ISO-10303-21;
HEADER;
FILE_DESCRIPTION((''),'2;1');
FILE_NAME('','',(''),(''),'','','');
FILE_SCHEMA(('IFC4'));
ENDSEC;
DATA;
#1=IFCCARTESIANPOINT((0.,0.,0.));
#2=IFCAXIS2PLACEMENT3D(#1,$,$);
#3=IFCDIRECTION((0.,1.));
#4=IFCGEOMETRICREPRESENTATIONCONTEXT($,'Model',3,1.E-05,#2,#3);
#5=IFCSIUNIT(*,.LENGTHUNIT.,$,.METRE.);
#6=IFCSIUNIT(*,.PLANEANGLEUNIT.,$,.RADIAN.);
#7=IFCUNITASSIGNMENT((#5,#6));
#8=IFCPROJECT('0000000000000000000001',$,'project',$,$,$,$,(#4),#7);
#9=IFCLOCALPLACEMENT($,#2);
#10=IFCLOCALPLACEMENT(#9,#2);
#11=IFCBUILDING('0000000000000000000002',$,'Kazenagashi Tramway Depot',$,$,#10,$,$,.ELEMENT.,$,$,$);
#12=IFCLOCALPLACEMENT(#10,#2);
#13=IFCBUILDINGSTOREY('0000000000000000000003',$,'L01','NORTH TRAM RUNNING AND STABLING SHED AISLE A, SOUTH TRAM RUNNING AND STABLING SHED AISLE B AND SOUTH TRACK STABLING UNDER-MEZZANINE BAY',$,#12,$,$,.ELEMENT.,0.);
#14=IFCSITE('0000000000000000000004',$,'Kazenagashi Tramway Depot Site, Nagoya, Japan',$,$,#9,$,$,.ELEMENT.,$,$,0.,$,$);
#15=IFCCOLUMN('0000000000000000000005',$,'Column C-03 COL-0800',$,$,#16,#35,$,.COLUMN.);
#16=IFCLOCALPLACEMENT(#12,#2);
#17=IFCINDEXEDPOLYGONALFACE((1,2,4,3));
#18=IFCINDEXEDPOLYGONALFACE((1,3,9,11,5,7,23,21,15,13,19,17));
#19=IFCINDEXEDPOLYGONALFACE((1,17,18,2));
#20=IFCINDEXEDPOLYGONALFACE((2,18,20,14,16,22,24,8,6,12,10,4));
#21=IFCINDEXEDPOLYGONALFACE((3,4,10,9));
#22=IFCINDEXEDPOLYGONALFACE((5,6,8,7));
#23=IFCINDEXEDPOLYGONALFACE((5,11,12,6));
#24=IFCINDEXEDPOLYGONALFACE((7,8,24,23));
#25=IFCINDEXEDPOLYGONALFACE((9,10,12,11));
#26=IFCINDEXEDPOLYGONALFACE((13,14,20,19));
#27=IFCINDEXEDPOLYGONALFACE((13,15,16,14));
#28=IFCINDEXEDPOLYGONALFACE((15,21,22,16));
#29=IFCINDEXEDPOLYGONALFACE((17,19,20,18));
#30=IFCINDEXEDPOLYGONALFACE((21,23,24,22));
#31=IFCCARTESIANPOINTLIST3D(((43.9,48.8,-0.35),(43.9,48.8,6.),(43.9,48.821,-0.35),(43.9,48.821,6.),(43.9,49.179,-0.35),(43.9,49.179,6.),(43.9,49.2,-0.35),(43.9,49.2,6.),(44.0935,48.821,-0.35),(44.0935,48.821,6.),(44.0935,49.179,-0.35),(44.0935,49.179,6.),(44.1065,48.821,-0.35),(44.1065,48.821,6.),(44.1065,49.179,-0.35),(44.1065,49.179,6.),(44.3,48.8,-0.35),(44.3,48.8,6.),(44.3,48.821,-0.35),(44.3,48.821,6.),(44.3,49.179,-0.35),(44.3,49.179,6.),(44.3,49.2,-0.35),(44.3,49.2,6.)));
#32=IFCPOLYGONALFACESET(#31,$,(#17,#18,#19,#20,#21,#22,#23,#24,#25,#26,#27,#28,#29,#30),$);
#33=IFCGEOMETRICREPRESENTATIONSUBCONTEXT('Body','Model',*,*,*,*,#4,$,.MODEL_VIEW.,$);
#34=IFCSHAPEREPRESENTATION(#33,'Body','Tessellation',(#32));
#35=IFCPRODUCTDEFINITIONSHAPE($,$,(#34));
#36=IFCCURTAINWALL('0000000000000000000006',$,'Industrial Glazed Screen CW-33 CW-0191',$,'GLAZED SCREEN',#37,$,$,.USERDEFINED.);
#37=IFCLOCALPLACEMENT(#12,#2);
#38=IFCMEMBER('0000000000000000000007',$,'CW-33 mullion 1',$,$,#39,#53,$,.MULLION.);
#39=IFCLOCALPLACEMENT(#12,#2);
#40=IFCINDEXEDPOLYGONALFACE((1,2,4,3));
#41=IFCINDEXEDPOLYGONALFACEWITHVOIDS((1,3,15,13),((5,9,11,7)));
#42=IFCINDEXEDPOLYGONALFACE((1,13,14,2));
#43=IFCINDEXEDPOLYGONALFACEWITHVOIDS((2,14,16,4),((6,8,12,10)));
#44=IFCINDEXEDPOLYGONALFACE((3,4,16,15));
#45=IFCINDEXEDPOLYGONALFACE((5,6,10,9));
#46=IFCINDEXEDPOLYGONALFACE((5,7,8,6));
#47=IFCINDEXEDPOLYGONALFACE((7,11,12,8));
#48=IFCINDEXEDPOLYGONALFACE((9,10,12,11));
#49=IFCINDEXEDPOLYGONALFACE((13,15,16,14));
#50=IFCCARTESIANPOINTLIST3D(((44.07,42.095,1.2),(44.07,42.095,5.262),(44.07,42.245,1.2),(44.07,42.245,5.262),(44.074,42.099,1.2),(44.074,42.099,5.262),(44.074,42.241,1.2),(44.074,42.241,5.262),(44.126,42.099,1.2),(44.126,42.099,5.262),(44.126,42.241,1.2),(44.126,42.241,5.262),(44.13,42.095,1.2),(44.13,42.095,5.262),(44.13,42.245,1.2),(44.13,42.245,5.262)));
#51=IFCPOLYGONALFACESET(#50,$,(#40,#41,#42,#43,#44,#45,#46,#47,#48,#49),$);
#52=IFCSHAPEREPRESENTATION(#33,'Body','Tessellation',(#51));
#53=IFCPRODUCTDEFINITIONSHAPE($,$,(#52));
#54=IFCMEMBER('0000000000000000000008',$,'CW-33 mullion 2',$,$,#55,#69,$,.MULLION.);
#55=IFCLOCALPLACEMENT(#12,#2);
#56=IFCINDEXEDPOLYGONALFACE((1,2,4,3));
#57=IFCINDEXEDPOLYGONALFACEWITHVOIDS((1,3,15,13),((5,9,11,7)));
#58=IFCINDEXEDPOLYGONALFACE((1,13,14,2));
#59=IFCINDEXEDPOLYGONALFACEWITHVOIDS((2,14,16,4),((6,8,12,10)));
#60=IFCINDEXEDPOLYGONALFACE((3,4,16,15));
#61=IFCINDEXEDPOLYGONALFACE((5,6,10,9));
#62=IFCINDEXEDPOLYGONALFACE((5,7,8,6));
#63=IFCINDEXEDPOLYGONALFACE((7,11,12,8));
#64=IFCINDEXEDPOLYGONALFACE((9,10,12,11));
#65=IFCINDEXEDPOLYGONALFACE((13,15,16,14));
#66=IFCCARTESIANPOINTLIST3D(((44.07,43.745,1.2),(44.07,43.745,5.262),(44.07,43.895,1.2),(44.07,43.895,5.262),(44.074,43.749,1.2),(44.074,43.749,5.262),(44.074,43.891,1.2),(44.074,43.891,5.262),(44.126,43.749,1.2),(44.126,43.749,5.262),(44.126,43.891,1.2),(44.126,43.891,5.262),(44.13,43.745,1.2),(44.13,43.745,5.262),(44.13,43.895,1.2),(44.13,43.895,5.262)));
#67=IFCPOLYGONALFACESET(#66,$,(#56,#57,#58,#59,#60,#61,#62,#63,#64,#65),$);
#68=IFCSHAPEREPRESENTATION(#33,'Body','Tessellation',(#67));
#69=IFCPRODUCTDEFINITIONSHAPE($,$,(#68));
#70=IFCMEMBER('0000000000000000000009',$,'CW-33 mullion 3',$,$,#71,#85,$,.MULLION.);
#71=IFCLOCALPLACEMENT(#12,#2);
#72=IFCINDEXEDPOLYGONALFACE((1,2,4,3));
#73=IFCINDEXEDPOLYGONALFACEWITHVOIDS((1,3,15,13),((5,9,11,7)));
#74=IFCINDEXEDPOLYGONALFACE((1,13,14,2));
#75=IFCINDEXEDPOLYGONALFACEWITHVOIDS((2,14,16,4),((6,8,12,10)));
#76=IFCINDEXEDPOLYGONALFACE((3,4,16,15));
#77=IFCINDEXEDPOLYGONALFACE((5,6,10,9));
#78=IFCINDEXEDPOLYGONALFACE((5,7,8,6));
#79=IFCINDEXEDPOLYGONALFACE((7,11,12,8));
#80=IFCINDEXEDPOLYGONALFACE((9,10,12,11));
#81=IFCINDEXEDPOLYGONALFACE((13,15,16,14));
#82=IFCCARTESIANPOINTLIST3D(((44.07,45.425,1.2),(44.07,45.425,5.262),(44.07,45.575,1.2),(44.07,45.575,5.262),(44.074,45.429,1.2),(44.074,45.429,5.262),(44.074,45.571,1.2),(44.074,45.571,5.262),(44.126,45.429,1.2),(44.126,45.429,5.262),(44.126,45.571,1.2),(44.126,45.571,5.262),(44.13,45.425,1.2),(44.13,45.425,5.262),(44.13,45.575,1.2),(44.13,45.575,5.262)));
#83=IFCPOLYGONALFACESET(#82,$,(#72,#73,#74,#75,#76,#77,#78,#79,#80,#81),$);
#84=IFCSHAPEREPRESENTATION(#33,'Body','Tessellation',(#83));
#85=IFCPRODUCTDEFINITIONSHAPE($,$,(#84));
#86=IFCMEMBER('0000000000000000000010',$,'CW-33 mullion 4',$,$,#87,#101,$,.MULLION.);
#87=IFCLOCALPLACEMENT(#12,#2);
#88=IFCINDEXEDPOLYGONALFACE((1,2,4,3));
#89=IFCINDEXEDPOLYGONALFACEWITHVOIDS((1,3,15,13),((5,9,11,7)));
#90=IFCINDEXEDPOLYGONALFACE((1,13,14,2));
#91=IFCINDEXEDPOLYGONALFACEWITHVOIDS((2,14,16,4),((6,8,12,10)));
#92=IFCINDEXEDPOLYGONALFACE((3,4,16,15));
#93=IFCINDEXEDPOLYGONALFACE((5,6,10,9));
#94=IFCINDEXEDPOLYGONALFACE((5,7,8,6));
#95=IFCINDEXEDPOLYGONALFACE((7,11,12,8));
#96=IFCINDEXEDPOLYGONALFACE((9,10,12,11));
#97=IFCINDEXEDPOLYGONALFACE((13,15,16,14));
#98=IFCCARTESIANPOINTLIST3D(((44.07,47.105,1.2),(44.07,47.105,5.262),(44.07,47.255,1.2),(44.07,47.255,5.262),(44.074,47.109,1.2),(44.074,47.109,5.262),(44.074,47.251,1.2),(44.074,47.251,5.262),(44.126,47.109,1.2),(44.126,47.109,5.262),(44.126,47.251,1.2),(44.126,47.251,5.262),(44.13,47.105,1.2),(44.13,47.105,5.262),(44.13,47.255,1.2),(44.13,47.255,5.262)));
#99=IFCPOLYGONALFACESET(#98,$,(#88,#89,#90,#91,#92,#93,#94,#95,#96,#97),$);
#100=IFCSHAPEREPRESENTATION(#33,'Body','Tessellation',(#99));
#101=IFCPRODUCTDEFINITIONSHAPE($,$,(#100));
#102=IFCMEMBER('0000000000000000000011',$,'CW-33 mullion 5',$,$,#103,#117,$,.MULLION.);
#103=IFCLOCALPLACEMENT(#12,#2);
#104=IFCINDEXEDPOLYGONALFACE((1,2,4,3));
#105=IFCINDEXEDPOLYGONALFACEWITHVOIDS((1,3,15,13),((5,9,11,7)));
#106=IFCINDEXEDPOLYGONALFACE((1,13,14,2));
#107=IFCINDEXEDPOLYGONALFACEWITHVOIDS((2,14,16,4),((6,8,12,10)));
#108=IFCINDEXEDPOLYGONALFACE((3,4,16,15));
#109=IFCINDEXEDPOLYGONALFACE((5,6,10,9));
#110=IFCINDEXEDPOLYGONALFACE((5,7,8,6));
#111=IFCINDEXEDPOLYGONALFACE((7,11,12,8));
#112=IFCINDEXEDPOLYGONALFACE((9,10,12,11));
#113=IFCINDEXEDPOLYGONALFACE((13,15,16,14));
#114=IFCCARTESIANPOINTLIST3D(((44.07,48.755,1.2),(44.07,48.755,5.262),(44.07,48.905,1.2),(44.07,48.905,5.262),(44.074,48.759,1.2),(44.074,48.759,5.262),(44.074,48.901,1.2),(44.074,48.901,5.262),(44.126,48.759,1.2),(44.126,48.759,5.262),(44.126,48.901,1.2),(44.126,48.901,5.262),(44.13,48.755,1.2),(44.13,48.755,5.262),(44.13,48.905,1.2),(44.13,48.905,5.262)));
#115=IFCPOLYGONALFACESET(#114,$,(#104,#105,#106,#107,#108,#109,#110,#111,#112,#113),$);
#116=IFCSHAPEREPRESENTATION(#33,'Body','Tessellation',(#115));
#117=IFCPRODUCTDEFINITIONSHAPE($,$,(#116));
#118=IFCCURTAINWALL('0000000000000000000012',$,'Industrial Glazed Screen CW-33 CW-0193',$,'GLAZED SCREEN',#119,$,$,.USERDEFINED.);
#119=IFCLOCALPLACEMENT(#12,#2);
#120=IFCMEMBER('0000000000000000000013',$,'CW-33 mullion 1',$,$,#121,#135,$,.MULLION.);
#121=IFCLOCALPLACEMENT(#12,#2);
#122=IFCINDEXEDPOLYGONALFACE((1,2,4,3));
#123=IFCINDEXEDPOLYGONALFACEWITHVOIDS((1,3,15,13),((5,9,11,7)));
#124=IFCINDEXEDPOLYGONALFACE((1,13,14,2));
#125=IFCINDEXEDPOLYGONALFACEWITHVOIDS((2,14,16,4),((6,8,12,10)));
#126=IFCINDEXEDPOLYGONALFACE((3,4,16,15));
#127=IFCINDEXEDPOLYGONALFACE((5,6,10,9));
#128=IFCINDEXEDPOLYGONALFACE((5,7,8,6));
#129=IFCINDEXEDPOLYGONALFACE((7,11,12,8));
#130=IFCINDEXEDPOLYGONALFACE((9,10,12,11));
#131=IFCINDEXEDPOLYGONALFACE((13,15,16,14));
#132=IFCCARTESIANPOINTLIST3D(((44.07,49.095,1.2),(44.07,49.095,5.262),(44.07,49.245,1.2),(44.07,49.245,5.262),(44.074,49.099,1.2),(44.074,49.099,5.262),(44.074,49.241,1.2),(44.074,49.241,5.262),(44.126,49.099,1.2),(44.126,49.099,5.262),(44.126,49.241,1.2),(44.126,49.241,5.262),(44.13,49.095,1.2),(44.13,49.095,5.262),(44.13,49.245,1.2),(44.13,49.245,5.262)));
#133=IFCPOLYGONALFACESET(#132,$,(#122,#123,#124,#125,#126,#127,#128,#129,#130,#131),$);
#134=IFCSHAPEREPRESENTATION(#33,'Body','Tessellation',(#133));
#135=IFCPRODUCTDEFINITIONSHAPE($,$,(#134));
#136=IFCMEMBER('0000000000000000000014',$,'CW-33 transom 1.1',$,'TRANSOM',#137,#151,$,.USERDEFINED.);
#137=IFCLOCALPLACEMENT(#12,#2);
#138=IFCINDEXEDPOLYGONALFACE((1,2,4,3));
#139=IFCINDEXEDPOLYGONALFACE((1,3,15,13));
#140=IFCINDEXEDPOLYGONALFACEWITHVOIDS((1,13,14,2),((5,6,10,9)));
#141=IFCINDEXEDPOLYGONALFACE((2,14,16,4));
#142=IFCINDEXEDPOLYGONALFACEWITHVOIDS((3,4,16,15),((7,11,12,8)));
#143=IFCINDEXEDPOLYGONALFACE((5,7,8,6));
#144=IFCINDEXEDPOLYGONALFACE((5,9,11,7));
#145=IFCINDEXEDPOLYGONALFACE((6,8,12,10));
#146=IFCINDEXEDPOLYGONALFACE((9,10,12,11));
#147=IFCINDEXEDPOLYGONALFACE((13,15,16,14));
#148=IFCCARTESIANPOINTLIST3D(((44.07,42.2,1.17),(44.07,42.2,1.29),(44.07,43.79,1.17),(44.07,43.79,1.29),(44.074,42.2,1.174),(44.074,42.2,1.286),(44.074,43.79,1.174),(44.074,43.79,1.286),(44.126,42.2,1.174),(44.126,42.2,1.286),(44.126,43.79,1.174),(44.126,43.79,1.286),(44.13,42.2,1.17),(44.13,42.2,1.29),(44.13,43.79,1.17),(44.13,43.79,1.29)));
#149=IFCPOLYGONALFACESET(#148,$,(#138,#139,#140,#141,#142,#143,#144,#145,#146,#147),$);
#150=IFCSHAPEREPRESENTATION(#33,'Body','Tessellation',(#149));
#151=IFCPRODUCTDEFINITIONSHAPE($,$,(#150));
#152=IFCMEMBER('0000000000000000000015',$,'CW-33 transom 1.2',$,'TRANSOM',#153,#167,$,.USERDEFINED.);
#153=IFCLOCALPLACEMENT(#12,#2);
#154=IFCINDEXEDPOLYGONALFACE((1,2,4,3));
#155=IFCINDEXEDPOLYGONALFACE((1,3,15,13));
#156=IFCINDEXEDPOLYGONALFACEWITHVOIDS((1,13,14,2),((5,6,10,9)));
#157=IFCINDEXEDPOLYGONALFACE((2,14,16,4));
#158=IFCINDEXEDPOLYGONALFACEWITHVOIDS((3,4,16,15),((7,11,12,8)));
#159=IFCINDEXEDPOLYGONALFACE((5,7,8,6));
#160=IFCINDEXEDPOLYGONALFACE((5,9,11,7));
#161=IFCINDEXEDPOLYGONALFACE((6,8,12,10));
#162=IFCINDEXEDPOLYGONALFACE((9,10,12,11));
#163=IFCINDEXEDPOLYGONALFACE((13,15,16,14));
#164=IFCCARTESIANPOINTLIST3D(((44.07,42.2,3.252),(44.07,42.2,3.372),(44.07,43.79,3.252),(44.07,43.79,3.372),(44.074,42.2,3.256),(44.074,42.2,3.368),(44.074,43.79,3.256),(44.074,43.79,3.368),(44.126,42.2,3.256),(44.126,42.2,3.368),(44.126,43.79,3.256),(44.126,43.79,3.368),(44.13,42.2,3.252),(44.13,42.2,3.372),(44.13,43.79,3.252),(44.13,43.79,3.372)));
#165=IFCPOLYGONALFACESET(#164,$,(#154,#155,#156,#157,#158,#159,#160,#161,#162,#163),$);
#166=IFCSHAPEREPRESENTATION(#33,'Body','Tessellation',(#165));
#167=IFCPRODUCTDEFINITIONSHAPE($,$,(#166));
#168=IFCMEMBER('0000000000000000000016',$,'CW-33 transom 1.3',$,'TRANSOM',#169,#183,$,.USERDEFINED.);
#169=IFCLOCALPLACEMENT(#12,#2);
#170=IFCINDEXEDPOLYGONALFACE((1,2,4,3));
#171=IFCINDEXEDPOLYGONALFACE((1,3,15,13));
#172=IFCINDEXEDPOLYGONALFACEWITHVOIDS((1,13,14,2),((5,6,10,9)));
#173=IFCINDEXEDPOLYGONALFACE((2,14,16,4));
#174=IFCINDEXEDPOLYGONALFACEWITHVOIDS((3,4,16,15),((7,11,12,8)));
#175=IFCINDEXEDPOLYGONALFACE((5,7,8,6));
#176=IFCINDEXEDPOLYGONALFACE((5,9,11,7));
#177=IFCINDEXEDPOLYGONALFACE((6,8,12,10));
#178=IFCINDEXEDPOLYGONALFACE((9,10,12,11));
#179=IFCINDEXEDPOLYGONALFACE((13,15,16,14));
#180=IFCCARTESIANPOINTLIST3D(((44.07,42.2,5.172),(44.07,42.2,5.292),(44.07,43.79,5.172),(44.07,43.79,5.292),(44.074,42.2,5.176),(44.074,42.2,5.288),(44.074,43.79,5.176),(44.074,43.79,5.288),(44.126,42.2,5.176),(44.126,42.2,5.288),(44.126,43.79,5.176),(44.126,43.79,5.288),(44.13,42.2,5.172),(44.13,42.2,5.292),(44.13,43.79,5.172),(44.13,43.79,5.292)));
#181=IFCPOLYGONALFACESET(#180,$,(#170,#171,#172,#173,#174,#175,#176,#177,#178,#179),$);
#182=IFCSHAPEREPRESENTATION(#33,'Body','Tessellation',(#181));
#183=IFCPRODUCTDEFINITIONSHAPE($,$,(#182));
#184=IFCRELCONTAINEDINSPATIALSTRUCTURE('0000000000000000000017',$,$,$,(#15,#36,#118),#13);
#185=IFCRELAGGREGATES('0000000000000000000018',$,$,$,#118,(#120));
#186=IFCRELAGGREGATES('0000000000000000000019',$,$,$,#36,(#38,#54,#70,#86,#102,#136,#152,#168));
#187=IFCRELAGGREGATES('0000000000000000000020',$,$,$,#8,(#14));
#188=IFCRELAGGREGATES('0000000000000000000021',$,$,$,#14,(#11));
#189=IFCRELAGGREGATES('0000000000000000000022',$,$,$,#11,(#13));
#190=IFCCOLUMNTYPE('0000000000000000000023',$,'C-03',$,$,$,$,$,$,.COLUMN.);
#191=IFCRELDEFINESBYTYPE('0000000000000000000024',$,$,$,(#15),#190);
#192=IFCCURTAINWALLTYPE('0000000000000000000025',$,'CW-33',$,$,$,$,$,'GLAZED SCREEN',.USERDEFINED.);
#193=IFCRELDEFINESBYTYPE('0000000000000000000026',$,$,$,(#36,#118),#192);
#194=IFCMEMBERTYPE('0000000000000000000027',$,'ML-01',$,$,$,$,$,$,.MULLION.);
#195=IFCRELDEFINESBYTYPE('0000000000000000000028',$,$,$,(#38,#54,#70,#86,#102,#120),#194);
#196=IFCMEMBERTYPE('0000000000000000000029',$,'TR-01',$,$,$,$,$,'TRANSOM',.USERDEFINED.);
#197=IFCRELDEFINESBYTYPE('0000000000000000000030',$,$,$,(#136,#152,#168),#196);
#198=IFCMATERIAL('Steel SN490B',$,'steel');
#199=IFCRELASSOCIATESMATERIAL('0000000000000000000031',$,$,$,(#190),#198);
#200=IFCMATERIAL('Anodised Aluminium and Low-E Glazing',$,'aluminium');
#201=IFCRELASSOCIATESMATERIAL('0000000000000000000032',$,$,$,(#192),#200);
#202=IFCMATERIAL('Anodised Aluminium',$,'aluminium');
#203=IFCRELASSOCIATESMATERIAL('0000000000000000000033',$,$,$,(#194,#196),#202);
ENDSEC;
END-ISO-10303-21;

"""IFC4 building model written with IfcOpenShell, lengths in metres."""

from ifc_helpers import new_model, si_unit, direction, frame, origin, origin_2d, place, context, subcontext, project, spatial, hollow_rectangle, i_section, extrude, material, material_profile, profile_set, type_object, element, aggregate, save


model = new_model("IFC4")

# Units and contexts
model_context = context("Model", 3, precision=1e-05, world=origin(), true_north=direction((0.0, 1.0)))
body_context = subcontext(model_context, "Body", "Model", "MODEL_VIEW")
ifc_project = project(units=[si_unit("LENGTHUNIT", "METRE"), si_unit("PLANEANGLEUNIT", "RADIAN")], contexts=[model_context])

# Site, building, storey
site_placement = place(None, origin())
site = spatial("IfcSite", under=ifc_project, at=site_placement, Name="Kazenagashi Tramway Depot Site, Nagoya, Japan", CompositionType="ELEMENT", RefElevation=0.0)
building_placement = place(site_placement, origin())
building = spatial("IfcBuilding", under=site, at=building_placement, Name="Kazenagashi Tramway Depot", CompositionType="ELEMENT")
storey_placement = place(building_placement, origin())
storey = spatial("IfcBuildingStorey", under=building, at=storey_placement, Name="L01", Description="NORTH TRAM RUNNING AND STABLING SHED AISLE A, SOUTH TRAM RUNNING AND STABLING SHED AISLE B AND SOUTH TRACK STABLING UNDER-MEZZANINE BAY", CompositionType="ELEMENT", Elevation=0.0)

# Column
ifc_material_1 = material(Name="Steel SN490B", Category="steel")
ifc_material_profile_1 = material_profile(ifc_material_1, i_section(OverallWidth=0.4, OverallDepth=0.4, WebThickness=0.013, FlangeThickness=0.021, at=origin_2d()), Name="H-400x400x13x21")
ifc_profile_set_1 = profile_set([ifc_material_profile_1], Name="Steel SN490B")
column_type = type_object("IfcColumnType", Name="C-03", PredefinedType="COLUMN", material=ifc_profile_set_1)
column_placement = place(storey_placement, frame((44.1, 49.0, -0.35), z_axis=(0.0, 0.0, 1.0), x_axis=(1.0, 0.0, 0.0)))
element("IfcColumn", 1, at=column_placement, inside=storey, type_object=column_type, Name="Column C-03 COL-0800", PredefinedType="COLUMN", context=body_context, shape_type="SweptSolid", body=[
    extrude(i_section(OverallWidth=0.4, OverallDepth=0.4, WebThickness=0.013, FlangeThickness=0.021, at=origin_2d()), origin(), (0.0, 0.0, 1.0), 6.35),
])

# Curtain wall, members
ifc_material_2 = material(Name="Anodised Aluminium and Low-E Glazing", Category="aluminium")
curtain_wall_type = type_object("IfcCurtainWallType", Name="CW-33", ElementType="GLAZED SCREEN", PredefinedType="USERDEFINED", material=ifc_material_2)
curtain_wall_1_placement = place(storey_placement, origin())
curtain_wall_1 = element("IfcCurtainWall", 2, at=curtain_wall_1_placement, inside=storey, type_object=curtain_wall_type, Name="Industrial Glazed Screen CW-33 CW-0191", ObjectType="GLAZED SCREEN", PredefinedType="USERDEFINED")
ifc_material_3 = material(Name="Anodised Aluminium", Category="aluminium")
ifc_material_profile_2 = material_profile(ifc_material_3, hollow_rectangle(XDim=0.06, YDim=0.15, WallThickness=0.004, at=origin_2d()), Name="RHS-150x60x4")
ifc_profile_set_2 = profile_set([ifc_material_profile_2], Name="Anodised Aluminium")
member_type_1 = type_object("IfcMemberType", Name="ML-01", PredefinedType="MULLION", material=ifc_profile_set_2)
member_1_placement = place(storey_placement, frame((44.1, 42.17, 1.2), z_axis=(0.0, 0.0, 1.0), x_axis=(-1.0, 0.0, 0.0)))
member_1 = element("IfcMember", 3, at=member_1_placement, type_object=member_type_1, Name="CW-33 mullion 1", PredefinedType="MULLION", context=body_context, shape_type="SweptSolid", body=[
    extrude(hollow_rectangle(XDim=0.06, YDim=0.15, WallThickness=0.004, at=origin_2d()), origin(), (0.0, 0.0, 1.0), 4.062),
])
member_2_placement = place(storey_placement, frame((44.1, 43.82, 1.2), z_axis=(0.0, 0.0, 1.0), x_axis=(-1.0, 0.0, 0.0)))
member_2 = element("IfcMember", 4, at=member_2_placement, type_object=member_type_1, Name="CW-33 mullion 2", PredefinedType="MULLION", context=body_context, shape_type="SweptSolid", body=[
    extrude(hollow_rectangle(XDim=0.06, YDim=0.15, WallThickness=0.004, at=origin_2d()), origin(), (0.0, 0.0, 1.0), 4.062),
])
member_3_placement = place(storey_placement, frame((44.1, 45.5, 1.2), z_axis=(0.0, 0.0, 1.0), x_axis=(-1.0, 0.0, 0.0)))
member_3 = element("IfcMember", 5, at=member_3_placement, type_object=member_type_1, Name="CW-33 mullion 3", PredefinedType="MULLION", context=body_context, shape_type="SweptSolid", body=[
    extrude(hollow_rectangle(XDim=0.06, YDim=0.15, WallThickness=0.004, at=origin_2d()), origin(), (0.0, 0.0, 1.0), 4.062),
])
member_4_placement = place(storey_placement, frame((44.1, 47.18, 1.2), z_axis=(0.0, 0.0, 1.0), x_axis=(-1.0, 0.0, 0.0)))
member_4 = element("IfcMember", 6, at=member_4_placement, type_object=member_type_1, Name="CW-33 mullion 4", PredefinedType="MULLION", context=body_context, shape_type="SweptSolid", body=[
    extrude(hollow_rectangle(XDim=0.06, YDim=0.15, WallThickness=0.004, at=origin_2d()), origin(), (0.0, 0.0, 1.0), 4.062),
])
member_5_placement = place(storey_placement, frame((44.1, 48.83, 1.2), z_axis=(0.0, 0.0, 1.0), x_axis=(-1.0, 0.0, 0.0)))
member_5 = element("IfcMember", 7, at=member_5_placement, type_object=member_type_1, Name="CW-33 mullion 5", PredefinedType="MULLION", context=body_context, shape_type="SweptSolid", body=[
    extrude(hollow_rectangle(XDim=0.06, YDim=0.15, WallThickness=0.004, at=origin_2d()), origin(), (0.0, 0.0, 1.0), 4.062),
])

# Curtain wall, member
curtain_wall_2_placement = place(storey_placement, origin())
curtain_wall_2 = element("IfcCurtainWall", 8, at=curtain_wall_2_placement, inside=storey, type_object=curtain_wall_type, Name="Industrial Glazed Screen CW-33 CW-0193", ObjectType="GLAZED SCREEN", PredefinedType="USERDEFINED")
member_6_placement = place(storey_placement, frame((44.1, 49.17, 1.2), z_axis=(0.0, 0.0, 1.0), x_axis=(-1.0, 0.0, 0.0)))
member_6 = element("IfcMember", 9, at=member_6_placement, type_object=member_type_1, Name="CW-33 mullion 1", PredefinedType="MULLION", context=body_context, shape_type="SweptSolid", body=[
    extrude(hollow_rectangle(XDim=0.06, YDim=0.15, WallThickness=0.004, at=origin_2d()), origin(), (0.0, 0.0, 1.0), 4.062),
])

# Members
ifc_material_profile_3 = material_profile(ifc_material_3, hollow_rectangle(XDim=0.06, YDim=0.12, WallThickness=0.004, at=origin_2d()), Name="RHS-120x60x4")
ifc_profile_set_3 = profile_set([ifc_material_profile_3], Name="Anodised Aluminium")
member_type_2 = type_object("IfcMemberType", Name="TR-01", ElementType="TRANSOM", PredefinedType="USERDEFINED", material=ifc_profile_set_3)
member_7_placement = place(storey_placement, frame((44.1, 42.2, 1.23), z_axis=(0.0, 1.0, 0.0), x_axis=(-1.0, 0.0, 0.0)))
member_7 = element("IfcMember", 10, at=member_7_placement, type_object=member_type_2, Name="CW-33 transom 1.1", ObjectType="TRANSOM", PredefinedType="USERDEFINED", context=body_context, shape_type="SweptSolid", body=[
    extrude(hollow_rectangle(XDim=0.06, YDim=0.12, WallThickness=0.004, at=origin_2d()), origin(), (0.0, 0.0, 1.0), 1.59),
])
member_8_placement = place(storey_placement, frame((44.1, 42.2, 3.312), z_axis=(0.0, 1.0, 0.0), x_axis=(-1.0, 0.0, 0.0)))
member_8 = element("IfcMember", 11, at=member_8_placement, type_object=member_type_2, Name="CW-33 transom 1.2", ObjectType="TRANSOM", PredefinedType="USERDEFINED", context=body_context, shape_type="SweptSolid", body=[
    extrude(hollow_rectangle(XDim=0.06, YDim=0.12, WallThickness=0.004, at=origin_2d()), origin(), (0.0, 0.0, 1.0), 1.59),
])
member_9_placement = place(storey_placement, frame((44.1, 42.2, 5.232), z_axis=(0.0, 1.0, 0.0), x_axis=(-1.0, 0.0, 0.0)))
member_9 = element("IfcMember", 12, at=member_9_placement, type_object=member_type_2, Name="CW-33 transom 1.3", ObjectType="TRANSOM", PredefinedType="USERDEFINED", context=body_context, shape_type="SweptSolid", body=[
    extrude(hollow_rectangle(XDim=0.06, YDim=0.12, WallThickness=0.004, at=origin_2d()), origin(), (0.0, 0.0, 1.0), 1.59),
])
aggregate(curtain_wall_2, [member_6])

aggregate(curtain_wall_1, [member_1, member_2, member_3, member_4, member_5, member_7, member_8, member_9])

save(model, "model.ifc")
